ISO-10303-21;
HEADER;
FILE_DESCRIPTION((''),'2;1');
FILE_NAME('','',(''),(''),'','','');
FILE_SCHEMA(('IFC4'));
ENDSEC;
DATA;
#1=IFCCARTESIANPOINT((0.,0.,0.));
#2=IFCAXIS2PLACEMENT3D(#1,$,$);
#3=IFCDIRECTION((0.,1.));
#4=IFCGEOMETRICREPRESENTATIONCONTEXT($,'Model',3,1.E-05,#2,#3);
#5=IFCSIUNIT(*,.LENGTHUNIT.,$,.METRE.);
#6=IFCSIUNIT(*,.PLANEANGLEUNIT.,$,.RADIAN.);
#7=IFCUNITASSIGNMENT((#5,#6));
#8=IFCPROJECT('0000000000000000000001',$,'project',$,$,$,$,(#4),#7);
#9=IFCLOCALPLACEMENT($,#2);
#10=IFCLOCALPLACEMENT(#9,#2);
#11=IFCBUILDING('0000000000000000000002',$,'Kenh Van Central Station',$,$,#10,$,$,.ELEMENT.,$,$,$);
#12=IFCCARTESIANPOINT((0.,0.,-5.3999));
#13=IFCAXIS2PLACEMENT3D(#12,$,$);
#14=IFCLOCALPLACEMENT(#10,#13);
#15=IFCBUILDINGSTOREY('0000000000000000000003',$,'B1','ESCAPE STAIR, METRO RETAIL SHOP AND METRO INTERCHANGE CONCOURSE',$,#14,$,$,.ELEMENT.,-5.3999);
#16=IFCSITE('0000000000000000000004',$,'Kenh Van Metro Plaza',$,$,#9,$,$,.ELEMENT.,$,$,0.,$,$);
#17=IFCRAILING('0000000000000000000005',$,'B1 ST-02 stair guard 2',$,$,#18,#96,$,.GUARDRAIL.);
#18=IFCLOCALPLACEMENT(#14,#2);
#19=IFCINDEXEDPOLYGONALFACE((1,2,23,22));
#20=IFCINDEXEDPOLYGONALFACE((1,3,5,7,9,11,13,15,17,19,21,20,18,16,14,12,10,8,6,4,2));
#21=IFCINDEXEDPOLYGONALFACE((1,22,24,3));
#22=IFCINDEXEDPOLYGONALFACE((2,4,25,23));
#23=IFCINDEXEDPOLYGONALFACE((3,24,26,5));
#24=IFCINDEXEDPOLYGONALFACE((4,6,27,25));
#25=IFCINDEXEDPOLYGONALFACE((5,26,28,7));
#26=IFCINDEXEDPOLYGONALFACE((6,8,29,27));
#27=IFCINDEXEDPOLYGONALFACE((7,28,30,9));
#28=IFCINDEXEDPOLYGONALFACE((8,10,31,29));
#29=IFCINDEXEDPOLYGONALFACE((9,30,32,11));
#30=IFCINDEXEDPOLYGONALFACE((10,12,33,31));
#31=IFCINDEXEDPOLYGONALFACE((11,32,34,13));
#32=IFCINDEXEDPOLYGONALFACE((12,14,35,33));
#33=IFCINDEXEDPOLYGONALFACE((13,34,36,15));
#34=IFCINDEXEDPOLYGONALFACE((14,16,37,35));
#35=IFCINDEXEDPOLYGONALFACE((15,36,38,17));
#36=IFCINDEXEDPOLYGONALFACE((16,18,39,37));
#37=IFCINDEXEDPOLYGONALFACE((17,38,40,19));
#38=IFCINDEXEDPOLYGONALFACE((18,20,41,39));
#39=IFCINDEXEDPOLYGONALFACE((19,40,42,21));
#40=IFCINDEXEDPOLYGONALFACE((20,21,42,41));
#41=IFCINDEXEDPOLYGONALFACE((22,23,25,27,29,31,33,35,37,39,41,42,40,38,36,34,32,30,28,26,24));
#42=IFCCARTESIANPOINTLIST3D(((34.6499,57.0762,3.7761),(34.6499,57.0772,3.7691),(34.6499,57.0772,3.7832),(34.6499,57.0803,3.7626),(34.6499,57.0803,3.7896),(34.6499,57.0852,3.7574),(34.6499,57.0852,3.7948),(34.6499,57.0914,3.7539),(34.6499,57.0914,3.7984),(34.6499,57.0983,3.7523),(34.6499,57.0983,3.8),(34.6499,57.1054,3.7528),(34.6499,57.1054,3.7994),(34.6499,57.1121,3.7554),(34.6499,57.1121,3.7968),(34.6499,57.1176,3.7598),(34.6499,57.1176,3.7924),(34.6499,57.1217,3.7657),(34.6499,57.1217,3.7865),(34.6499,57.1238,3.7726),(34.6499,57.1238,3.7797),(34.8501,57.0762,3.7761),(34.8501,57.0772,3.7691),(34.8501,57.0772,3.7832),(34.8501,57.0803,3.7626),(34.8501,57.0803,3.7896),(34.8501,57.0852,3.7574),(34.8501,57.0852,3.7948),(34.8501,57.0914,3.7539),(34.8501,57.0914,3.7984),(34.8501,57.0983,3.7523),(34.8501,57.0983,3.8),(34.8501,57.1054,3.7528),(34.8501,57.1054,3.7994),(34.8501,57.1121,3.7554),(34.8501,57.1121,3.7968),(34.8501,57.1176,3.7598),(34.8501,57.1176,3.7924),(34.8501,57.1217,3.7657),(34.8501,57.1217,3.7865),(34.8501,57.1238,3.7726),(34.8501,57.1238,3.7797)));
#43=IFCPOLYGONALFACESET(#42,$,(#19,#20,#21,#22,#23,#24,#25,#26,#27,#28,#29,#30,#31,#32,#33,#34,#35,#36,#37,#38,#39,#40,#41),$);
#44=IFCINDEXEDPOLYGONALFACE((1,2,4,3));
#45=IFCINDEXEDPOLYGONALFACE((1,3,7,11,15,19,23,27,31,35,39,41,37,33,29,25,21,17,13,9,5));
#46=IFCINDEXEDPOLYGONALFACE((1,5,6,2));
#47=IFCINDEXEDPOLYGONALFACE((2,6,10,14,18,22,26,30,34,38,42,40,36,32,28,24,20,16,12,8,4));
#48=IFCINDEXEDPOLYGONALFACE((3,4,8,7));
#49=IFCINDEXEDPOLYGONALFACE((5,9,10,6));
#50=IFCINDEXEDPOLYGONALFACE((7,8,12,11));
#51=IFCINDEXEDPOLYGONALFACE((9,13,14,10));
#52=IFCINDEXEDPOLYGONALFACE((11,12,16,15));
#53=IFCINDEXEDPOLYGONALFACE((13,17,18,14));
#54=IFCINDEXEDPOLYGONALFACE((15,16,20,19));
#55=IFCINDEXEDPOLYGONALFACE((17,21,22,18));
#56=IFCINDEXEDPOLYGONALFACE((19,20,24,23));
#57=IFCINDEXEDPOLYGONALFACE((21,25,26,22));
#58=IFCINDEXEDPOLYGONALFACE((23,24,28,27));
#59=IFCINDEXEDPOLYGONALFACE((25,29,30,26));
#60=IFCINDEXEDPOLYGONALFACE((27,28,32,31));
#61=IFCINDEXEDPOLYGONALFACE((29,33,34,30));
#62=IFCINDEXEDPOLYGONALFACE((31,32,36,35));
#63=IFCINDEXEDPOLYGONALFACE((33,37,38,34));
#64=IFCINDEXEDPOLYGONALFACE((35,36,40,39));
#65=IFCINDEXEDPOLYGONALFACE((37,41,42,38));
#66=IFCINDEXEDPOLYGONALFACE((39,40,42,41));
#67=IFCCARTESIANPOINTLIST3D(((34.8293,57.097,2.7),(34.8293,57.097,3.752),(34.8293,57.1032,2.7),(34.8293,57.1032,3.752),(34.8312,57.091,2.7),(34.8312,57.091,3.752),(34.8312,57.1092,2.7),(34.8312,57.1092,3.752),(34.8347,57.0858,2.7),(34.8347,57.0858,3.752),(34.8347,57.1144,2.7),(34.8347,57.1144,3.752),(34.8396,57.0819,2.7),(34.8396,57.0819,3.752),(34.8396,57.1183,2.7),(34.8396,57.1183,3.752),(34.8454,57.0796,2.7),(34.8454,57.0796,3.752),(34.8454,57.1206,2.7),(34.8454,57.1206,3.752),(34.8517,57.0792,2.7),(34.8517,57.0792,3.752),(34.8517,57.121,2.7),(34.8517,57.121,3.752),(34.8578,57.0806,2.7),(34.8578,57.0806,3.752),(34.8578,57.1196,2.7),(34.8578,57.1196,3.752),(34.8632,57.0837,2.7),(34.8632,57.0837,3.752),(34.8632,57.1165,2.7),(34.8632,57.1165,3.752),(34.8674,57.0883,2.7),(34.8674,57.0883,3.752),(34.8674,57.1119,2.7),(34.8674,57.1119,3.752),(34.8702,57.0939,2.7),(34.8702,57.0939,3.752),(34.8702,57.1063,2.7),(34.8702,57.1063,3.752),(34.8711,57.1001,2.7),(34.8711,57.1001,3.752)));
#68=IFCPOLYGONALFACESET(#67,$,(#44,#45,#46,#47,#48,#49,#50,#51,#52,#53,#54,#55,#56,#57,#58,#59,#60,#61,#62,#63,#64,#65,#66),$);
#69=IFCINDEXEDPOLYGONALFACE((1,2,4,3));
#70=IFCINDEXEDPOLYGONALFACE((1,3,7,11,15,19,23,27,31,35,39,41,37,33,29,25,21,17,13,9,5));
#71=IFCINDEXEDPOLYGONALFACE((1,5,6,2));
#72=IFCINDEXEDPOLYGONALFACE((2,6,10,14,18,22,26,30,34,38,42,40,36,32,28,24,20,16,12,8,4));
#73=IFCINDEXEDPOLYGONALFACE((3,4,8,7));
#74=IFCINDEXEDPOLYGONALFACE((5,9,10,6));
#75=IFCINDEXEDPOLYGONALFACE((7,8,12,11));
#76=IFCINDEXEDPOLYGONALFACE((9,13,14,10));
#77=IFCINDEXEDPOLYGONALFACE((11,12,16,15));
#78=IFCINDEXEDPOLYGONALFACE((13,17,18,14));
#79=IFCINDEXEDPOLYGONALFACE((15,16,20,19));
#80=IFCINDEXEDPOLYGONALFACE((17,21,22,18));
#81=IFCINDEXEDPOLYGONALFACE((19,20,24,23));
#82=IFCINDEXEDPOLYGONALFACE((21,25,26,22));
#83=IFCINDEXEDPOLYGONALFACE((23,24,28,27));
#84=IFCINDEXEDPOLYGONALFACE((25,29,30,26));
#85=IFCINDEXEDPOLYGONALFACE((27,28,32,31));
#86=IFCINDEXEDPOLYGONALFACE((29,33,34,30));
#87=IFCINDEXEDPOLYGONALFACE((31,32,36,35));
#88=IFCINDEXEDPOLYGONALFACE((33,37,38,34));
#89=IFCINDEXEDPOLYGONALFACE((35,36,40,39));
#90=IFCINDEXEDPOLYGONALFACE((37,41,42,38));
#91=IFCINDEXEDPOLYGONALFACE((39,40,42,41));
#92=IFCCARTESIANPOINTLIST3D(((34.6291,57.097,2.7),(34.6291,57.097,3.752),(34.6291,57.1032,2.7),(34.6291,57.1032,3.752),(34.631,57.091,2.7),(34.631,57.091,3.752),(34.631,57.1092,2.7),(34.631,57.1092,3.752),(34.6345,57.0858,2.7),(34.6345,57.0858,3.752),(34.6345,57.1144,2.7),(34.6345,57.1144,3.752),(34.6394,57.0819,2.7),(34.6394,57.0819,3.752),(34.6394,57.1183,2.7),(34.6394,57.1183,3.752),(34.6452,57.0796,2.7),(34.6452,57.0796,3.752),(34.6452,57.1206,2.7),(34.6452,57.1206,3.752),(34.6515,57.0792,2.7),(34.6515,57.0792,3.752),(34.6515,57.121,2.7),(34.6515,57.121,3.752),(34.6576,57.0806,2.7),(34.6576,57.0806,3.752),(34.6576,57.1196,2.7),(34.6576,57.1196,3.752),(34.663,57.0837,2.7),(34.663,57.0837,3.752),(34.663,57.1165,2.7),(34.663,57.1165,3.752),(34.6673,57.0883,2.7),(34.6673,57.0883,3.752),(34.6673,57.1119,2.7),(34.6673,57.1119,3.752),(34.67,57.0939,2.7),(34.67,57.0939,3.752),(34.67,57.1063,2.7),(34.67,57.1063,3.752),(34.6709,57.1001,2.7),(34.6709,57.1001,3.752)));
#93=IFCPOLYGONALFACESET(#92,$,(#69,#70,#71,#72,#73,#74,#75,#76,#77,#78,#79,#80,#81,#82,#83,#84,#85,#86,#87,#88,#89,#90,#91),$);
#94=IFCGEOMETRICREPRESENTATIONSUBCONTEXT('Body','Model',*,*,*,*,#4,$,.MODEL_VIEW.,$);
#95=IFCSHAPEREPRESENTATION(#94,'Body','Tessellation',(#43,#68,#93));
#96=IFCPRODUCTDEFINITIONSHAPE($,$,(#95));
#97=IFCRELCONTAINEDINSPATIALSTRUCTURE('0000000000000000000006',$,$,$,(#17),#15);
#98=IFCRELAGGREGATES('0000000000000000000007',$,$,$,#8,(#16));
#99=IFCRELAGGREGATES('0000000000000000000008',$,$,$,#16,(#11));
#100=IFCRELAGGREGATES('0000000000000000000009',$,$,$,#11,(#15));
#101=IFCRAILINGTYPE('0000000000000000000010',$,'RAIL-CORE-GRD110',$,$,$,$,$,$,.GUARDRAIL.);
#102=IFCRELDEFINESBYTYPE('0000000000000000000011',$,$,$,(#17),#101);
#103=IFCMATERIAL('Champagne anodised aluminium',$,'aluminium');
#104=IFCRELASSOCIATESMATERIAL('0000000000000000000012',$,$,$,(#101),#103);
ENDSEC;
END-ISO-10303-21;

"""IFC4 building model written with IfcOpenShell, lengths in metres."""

from ifc_helpers import new_model, si_unit, direction, frame, origin, origin_2d, place, context, subcontext, project, spatial, circle, extrude, material, type_object, element, save


model = new_model("IFC4")

# Units and contexts
model_context = context("Model", 3, precision=1e-05, world=origin(), true_north=direction((0.0, 1.0)))
body_context = subcontext(model_context, "Body", "Model", "MODEL_VIEW")
ifc_project = project(units=[si_unit("LENGTHUNIT", "METRE"), si_unit("PLANEANGLEUNIT", "RADIAN")], contexts=[model_context])

# Site, building, storey
site_placement = place(None, origin())
site = spatial("IfcSite", under=ifc_project, at=site_placement, Name="Kenh Van Metro Plaza", CompositionType="ELEMENT", RefElevation=0.0)
building_placement = place(site_placement, origin())
building = spatial("IfcBuilding", under=site, at=building_placement, Name="Kenh Van Central Station", CompositionType="ELEMENT")
storey_placement = place(building_placement, frame((0.0, 0.0, -5.3999)))
storey = spatial("IfcBuildingStorey", under=building, at=storey_placement, Name="B1", Description="ESCAPE STAIR, METRO RETAIL SHOP AND METRO INTERCHANGE CONCOURSE", CompositionType="ELEMENT", Elevation=-5.3999)

# Shared definitions
ifc_material_1 = material(Name="Champagne anodised aluminium", Category="aluminium")

# Railing
railing_type_1 = type_object("IfcRailingType", Name="RAIL-CORE-GRD110", PredefinedType="GUARDRAIL", material=ifc_material_1)
railing_1_placement = place(storey_placement, frame((34.8501, 57.1001, 2.7)))
element("IfcRailing", 1, at=railing_1_placement, inside=storey, type_object=railing_type_1, Name="B1 ST-02 stair guard 2", PredefinedType="GUARDRAIL", context=body_context, shape_type="SweptSolid", body=[
    extrude(circle(Radius=0.0239, at=origin_2d()), frame((0.0, 0.0, 1.0762), z_axis=(-1.0, 0.0, 0.0), x_axis=(0.0, -1.0, 0.0)), (0.0, 0.0, 1.0), 0.2002),
    extrude(circle(Radius=0.021, at=origin_2d()), origin(), (0.0, 0.0, 1.0), 1.052),
    extrude(circle(Radius=0.021, at=origin_2d()), frame((-0.2002, 0.0, 0.0)), (0.0, 0.0, 1.0), 1.052),
])

save(model, "model.ifc")
